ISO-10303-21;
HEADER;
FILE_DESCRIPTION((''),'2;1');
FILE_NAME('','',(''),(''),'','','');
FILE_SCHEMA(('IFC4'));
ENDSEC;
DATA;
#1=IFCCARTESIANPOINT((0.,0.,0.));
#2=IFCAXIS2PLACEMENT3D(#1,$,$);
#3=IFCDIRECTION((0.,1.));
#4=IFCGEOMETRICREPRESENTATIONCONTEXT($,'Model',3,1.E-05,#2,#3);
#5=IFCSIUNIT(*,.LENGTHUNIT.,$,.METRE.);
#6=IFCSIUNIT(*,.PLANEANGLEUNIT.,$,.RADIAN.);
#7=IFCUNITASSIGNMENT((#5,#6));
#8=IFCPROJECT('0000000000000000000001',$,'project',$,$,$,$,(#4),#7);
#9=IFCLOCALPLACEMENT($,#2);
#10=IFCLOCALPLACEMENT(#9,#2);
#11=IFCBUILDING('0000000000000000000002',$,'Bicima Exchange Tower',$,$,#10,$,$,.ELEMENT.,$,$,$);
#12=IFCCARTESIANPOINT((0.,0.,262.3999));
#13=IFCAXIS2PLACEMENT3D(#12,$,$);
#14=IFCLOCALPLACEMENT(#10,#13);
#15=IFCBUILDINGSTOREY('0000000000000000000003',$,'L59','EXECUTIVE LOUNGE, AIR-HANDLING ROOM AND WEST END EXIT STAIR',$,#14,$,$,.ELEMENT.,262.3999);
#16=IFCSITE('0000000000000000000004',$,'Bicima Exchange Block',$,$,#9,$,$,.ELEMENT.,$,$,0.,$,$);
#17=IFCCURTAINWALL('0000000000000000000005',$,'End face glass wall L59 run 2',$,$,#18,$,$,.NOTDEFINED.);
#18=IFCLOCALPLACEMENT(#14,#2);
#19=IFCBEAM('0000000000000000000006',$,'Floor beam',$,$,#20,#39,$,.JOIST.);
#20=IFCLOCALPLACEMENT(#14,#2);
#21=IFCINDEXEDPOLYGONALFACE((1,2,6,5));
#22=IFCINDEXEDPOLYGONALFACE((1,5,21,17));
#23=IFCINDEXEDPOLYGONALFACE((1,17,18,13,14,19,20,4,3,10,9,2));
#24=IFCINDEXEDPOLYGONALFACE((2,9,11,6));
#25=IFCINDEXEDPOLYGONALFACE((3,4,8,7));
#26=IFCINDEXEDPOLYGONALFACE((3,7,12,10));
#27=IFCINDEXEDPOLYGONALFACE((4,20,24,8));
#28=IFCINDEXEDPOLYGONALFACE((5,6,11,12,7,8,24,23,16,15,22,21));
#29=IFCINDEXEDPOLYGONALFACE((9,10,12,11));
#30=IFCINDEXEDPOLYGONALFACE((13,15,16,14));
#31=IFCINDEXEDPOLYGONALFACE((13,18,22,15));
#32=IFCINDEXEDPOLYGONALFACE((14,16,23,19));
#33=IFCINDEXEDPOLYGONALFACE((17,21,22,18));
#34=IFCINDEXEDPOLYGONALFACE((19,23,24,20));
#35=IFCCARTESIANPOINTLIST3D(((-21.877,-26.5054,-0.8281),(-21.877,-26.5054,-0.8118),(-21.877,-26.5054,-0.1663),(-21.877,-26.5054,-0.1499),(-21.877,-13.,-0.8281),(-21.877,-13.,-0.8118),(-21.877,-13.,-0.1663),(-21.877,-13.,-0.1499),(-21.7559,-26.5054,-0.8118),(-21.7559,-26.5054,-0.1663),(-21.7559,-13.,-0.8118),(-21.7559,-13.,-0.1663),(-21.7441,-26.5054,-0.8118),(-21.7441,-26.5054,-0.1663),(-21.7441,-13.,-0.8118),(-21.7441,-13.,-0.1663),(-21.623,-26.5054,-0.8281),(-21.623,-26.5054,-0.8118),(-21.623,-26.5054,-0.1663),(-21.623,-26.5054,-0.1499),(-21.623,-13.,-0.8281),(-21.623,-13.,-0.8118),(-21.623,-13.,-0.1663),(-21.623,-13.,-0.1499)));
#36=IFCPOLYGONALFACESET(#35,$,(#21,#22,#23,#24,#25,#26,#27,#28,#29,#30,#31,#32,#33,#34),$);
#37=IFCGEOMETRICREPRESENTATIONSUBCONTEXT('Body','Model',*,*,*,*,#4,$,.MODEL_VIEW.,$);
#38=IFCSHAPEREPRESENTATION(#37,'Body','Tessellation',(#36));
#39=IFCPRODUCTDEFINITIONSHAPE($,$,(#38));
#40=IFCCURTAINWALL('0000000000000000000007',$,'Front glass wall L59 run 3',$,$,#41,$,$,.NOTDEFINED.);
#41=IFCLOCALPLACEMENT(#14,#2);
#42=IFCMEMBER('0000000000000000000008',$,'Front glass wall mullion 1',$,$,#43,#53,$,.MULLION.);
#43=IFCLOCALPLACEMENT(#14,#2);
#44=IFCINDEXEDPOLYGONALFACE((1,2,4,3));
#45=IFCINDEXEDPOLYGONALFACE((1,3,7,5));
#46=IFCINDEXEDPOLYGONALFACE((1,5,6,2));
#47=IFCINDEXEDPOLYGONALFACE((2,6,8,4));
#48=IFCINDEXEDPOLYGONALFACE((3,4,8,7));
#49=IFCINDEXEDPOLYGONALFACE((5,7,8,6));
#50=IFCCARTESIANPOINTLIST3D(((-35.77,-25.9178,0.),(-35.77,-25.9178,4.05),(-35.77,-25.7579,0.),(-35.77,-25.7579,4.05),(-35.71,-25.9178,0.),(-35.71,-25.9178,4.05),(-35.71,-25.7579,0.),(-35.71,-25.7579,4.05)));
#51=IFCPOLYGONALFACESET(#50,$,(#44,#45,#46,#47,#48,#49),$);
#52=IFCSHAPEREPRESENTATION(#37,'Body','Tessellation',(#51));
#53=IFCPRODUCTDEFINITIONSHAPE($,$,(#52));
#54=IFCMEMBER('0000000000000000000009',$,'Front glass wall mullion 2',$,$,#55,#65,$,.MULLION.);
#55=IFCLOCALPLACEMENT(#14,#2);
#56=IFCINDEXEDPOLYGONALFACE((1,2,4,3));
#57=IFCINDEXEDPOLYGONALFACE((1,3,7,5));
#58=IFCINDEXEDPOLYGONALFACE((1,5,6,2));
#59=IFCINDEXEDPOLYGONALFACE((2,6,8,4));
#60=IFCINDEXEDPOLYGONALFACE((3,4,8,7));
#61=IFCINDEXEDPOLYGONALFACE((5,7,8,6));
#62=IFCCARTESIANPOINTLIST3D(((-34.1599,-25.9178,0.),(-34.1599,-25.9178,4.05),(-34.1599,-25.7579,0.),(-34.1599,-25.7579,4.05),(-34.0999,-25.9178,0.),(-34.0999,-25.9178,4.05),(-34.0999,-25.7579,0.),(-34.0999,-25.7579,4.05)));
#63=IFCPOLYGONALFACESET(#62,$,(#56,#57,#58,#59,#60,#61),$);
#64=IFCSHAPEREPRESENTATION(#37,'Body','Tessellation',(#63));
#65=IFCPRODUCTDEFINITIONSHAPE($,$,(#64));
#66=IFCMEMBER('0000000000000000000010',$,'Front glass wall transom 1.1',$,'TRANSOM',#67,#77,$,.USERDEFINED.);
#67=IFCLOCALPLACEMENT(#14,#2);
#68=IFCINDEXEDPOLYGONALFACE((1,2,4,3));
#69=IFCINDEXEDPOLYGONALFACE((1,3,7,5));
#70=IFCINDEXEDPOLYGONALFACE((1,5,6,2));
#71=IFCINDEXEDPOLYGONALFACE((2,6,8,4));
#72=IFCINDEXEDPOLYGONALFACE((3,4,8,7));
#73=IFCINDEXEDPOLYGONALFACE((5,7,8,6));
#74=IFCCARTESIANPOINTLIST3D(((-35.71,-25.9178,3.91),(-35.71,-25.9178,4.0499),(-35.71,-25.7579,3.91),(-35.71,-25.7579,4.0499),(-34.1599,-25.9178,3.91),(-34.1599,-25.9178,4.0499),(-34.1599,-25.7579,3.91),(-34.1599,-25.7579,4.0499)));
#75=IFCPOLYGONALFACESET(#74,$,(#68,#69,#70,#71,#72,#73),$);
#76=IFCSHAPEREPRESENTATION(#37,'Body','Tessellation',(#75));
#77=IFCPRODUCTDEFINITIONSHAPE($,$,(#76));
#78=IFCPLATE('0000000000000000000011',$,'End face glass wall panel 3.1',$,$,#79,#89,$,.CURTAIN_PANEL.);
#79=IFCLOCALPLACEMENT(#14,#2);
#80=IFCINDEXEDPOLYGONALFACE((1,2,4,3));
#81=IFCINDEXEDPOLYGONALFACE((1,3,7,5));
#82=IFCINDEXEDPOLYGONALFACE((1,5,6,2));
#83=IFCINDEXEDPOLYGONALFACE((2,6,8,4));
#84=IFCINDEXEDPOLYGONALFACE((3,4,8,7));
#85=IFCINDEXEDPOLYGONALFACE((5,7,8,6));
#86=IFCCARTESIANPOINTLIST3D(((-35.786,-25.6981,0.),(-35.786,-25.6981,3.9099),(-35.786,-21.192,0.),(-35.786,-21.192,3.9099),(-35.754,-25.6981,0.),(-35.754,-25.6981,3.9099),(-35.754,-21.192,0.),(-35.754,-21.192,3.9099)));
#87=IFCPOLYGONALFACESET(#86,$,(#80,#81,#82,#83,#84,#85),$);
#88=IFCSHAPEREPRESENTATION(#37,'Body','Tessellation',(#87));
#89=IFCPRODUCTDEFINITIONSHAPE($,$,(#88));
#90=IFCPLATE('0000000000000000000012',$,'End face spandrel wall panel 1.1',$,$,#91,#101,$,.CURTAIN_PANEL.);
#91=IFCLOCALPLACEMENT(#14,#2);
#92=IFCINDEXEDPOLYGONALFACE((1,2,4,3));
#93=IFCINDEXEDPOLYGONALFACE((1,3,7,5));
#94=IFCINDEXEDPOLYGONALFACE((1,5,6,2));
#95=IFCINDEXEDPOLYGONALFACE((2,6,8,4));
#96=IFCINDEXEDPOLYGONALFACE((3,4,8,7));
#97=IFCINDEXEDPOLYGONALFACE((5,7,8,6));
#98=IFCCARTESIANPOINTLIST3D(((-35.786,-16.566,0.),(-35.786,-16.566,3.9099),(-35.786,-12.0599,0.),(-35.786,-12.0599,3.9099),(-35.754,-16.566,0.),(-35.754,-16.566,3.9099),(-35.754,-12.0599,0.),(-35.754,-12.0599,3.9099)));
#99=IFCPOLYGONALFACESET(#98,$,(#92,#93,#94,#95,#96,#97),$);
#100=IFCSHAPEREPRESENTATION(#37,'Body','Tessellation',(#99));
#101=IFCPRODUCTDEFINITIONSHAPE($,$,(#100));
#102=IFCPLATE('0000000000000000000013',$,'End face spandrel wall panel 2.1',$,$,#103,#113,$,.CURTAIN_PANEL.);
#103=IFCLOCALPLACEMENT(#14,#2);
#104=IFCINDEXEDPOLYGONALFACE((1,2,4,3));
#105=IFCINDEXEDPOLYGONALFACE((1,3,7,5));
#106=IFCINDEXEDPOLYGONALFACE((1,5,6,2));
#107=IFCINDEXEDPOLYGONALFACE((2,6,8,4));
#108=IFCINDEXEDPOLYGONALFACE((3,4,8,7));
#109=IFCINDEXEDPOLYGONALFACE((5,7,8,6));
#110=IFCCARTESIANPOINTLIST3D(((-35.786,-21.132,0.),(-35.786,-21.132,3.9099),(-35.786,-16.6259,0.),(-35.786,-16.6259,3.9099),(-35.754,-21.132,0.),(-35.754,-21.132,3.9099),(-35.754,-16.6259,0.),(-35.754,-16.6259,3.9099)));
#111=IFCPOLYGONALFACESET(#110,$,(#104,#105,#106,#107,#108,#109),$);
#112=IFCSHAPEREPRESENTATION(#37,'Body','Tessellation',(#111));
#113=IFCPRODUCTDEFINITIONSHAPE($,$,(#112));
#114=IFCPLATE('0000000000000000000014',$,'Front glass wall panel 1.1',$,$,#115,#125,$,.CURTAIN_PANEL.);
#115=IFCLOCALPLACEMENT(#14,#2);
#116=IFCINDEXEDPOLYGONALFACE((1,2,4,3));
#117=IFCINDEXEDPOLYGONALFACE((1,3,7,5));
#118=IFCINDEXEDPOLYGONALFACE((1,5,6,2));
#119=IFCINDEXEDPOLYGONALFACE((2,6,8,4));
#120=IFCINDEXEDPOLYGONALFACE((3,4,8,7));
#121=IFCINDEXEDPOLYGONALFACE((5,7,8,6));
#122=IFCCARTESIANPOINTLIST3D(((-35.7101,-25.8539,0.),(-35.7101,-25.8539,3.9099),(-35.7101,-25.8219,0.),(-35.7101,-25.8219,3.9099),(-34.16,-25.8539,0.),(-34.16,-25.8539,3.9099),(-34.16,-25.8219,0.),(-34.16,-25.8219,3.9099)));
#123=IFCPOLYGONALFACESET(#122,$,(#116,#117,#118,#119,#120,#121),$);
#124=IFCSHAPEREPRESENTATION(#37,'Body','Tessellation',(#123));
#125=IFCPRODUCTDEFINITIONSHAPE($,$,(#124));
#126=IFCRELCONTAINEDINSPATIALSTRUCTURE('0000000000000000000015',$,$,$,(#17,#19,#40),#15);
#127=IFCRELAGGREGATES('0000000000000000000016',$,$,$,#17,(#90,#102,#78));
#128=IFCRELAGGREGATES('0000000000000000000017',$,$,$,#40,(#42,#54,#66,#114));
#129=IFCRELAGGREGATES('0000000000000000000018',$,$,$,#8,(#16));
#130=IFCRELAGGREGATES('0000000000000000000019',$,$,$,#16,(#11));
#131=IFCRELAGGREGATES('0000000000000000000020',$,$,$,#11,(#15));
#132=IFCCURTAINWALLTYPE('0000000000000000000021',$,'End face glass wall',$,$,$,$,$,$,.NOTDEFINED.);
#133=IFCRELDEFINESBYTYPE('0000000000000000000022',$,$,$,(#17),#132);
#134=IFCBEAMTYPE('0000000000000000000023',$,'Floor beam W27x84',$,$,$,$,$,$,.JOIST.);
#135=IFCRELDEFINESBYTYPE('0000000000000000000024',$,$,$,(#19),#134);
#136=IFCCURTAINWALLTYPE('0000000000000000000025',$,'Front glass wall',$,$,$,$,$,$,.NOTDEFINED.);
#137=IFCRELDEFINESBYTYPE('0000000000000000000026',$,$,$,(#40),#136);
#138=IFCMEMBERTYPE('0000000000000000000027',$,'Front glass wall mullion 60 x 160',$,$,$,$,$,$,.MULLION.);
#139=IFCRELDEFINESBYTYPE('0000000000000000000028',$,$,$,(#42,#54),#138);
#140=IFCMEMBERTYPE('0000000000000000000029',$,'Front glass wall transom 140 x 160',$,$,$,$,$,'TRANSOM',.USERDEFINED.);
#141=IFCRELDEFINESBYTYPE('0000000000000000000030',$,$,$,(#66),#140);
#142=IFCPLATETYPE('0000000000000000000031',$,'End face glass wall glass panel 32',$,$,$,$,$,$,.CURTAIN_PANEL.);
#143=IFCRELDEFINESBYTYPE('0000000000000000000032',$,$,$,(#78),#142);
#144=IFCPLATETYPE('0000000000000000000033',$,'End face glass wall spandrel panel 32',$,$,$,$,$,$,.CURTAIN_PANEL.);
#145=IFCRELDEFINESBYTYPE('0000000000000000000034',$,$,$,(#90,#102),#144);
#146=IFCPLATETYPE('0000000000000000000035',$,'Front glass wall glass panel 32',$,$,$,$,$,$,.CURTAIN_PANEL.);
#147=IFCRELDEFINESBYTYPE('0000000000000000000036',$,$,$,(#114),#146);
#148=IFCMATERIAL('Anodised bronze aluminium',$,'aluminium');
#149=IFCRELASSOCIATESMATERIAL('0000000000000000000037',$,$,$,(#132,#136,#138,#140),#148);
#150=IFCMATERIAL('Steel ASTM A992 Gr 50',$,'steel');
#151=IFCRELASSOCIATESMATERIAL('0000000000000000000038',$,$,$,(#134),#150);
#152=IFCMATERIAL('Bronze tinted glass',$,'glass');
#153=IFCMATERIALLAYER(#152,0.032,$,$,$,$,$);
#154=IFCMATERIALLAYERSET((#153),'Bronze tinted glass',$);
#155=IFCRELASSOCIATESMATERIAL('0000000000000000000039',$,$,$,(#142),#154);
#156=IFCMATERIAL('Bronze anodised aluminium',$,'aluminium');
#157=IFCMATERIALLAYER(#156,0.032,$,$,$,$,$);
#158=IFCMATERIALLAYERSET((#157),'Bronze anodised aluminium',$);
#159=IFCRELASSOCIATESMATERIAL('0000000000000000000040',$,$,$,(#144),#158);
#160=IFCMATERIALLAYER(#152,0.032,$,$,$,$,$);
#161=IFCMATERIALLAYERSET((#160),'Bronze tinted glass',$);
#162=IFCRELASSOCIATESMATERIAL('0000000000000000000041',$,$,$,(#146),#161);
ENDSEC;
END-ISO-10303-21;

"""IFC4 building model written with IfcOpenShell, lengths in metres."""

from ifc_helpers import new_model, si_unit, direction, frame, origin, origin_2d, place, context, subcontext, project, spatial, rectangle, i_section, extrude, material, layer, layer_set, material_profile, profile_set, type_object, element, aggregate, save


model = new_model("IFC4")

# Units and contexts
model_context = context("Model", 3, precision=1e-05, world=origin(), true_north=direction((0.0, 1.0)))
body_context = subcontext(model_context, "Body", "Model", "MODEL_VIEW")
ifc_project = project(units=[si_unit("LENGTHUNIT", "METRE"), si_unit("PLANEANGLEUNIT", "RADIAN")], contexts=[model_context])

# Site, building, storey
site_placement = place(None, origin())
site = spatial("IfcSite", under=ifc_project, at=site_placement, Name="Bicima Exchange Block", CompositionType="ELEMENT", RefElevation=0.0)
building_placement = place(site_placement, origin())
building = spatial("IfcBuilding", under=site, at=building_placement, Name="Bicima Exchange Tower", CompositionType="ELEMENT")
storey_placement = place(building_placement, frame((0.0, 0.0, 262.3999)))
storey = spatial("IfcBuildingStorey", under=building, at=storey_placement, Name="L59", Description="EXECUTIVE LOUNGE, AIR-HANDLING ROOM AND WEST END EXIT STAIR", CompositionType="ELEMENT", Elevation=262.3999)

# Shared definitions
ifc_material_1 = material(Name="Steel ASTM A992 Gr 50", Category="steel")

# Curtain wall
ifc_material_2 = material(Name="Anodised bronze aluminium", Category="aluminium")
curtain_wall_type_1 = type_object("IfcCurtainWallType", Name="End face glass wall", PredefinedType="NOTDEFINED", material=ifc_material_2)
curtain_wall_1_placement = place(storey_placement, origin())
curtain_wall_1 = element("IfcCurtainWall", 1, at=curtain_wall_1_placement, inside=storey, type_object=curtain_wall_type_1, Name="End face glass wall L59 run 2", PredefinedType="NOTDEFINED")
ifc_material_profile_1 = material_profile(ifc_material_2, rectangle(XDim=0.1599, YDim=0.0601, at=origin_2d()))
ifc_profile_set_1 = profile_set([ifc_material_profile_1], Name="Anodised bronze aluminium")
ifc_material_profile_2 = material_profile(ifc_material_2, rectangle(XDim=0.1599, YDim=0.1399, at=origin_2d()))
ifc_profile_set_2 = profile_set([ifc_material_profile_2], Name="Anodised bronze aluminium")

# Beam
ifc_material_profile_3 = material_profile(ifc_material_1, i_section(OverallWidth=0.2539, OverallDepth=0.6782, WebThickness=0.0117, FlangeThickness=0.0164, at=origin_2d()))
ifc_profile_set_3 = profile_set([ifc_material_profile_3], Name="Steel ASTM A992 Gr 50")
beam_type_1 = type_object("IfcBeamType", Name="Floor beam W27x84", PredefinedType="JOIST", material=ifc_profile_set_3)
beam_1_placement = place(storey_placement, frame((-21.75, -13.0, -0.489), z_axis=(0.0, -1.0, 0.0), x_axis=(1.0, 0.0, 0.0)))
element("IfcBeam", 2, at=beam_1_placement, inside=storey, type_object=beam_type_1, Name="Floor beam", PredefinedType="JOIST", context=body_context, shape_type="SweptSolid", body=[
    extrude(i_section(OverallWidth=0.2539, OverallDepth=0.6782, WebThickness=0.0117, FlangeThickness=0.0164, at=origin_2d()), origin(), (0.0, 0.0, 1.0), 13.5054),
])

# Curtain wall, members
curtain_wall_type_2 = type_object("IfcCurtainWallType", Name="Front glass wall", PredefinedType="NOTDEFINED", material=ifc_material_2)
curtain_wall_2_placement = place(storey_placement, origin())
curtain_wall_2 = element("IfcCurtainWall", 3, at=curtain_wall_2_placement, inside=storey, type_object=curtain_wall_type_2, Name="Front glass wall L59 run 3", PredefinedType="NOTDEFINED")
member_type_1 = type_object("IfcMemberType", Name="Front glass wall mullion 60 x 160", PredefinedType="MULLION", material=ifc_profile_set_1)
member_1_placement = place(storey_placement, frame((-35.74, -25.8379, 0.0), z_axis=(0.0, 0.0, 1.0), x_axis=(0.0, 1.0, 0.0)))
member_1 = element("IfcMember", 4, at=member_1_placement, type_object=member_type_1, Name="Front glass wall mullion 1", PredefinedType="MULLION", context=body_context, shape_type="SweptSolid", body=[
    extrude(rectangle(XDim=0.1599, YDim=0.0601, at=origin_2d()), origin(), (0.0, 0.0, 1.0), 4.05),
])
member_2_placement = place(storey_placement, frame((-34.1299, -25.8379, 0.0), z_axis=(0.0, 0.0, 1.0), x_axis=(0.0, 1.0, 0.0)))
member_2 = element("IfcMember", 5, at=member_2_placement, type_object=member_type_1, Name="Front glass wall mullion 2", PredefinedType="MULLION", context=body_context, shape_type="SweptSolid", body=[
    extrude(rectangle(XDim=0.1599, YDim=0.0601, at=origin_2d()), origin(), (0.0, 0.0, 1.0), 4.05),
])
member_type_2 = type_object("IfcMemberType", Name="Front glass wall transom 140 x 160", ElementType="TRANSOM", PredefinedType="USERDEFINED", material=ifc_profile_set_2)
member_3_placement = place(storey_placement, frame((-35.71, -25.8379, 3.98), z_axis=(1.0, 0.0, 0.0), x_axis=(0.0, 1.0, 0.0)))
member_3 = element("IfcMember", 6, at=member_3_placement, type_object=member_type_2, Name="Front glass wall transom 1.1", ObjectType="TRANSOM", PredefinedType="USERDEFINED", context=body_context, shape_type="SweptSolid", body=[
    extrude(rectangle(XDim=0.1599, YDim=0.1399, at=origin_2d()), origin(), (0.0, 0.0, 1.0), 1.55),
])

# Plates
ifc_material_3 = material(Name="Bronze tinted glass", Category="glass")
ifc_layer_1 = layer(ifc_material_3, 0.032)
ifc_layer_set_1 = layer_set([ifc_layer_1], Name="Bronze tinted glass")
plate_type_1 = type_object("IfcPlateType", Name="End face glass wall glass panel 32", PredefinedType="CURTAIN_PANEL", material=ifc_layer_set_1)
plate_1_placement = place(storey_placement, frame((-35.77, -23.4451, 0.0), z_axis=(0.0, 0.0, 1.0), x_axis=(0.0, -1.0, 0.0)))
plate_1 = element("IfcPlate", 7, at=plate_1_placement, type_object=plate_type_1, Name="End face glass wall panel 3.1", PredefinedType="CURTAIN_PANEL", context=body_context, shape_type="SweptSolid", body=[
    extrude(rectangle(XDim=4.5061, YDim=0.032, at=origin_2d()), origin(), (0.0, 0.0, 1.0), 3.9099),
])
ifc_material_4 = material(Name="Bronze anodised aluminium", Category="aluminium")
ifc_layer_2 = layer(ifc_material_4, 0.032)
ifc_layer_set_2 = layer_set([ifc_layer_2], Name="Bronze anodised aluminium")
plate_type_2 = type_object("IfcPlateType", Name="End face glass wall spandrel panel 32", PredefinedType="CURTAIN_PANEL", material=ifc_layer_set_2)
plate_2_placement = place(storey_placement, frame((-35.77, -14.313, 0.0), z_axis=(0.0, 0.0, 1.0), x_axis=(0.0, -1.0, 0.0)))
plate_2 = element("IfcPlate", 8, at=plate_2_placement, type_object=plate_type_2, Name="End face spandrel wall panel 1.1", PredefinedType="CURTAIN_PANEL", context=body_context, shape_type="SweptSolid", body=[
    extrude(rectangle(XDim=4.5061, YDim=0.032, at=origin_2d()), origin(), (0.0, 0.0, 1.0), 3.9099),
])
plate_3_placement = place(storey_placement, frame((-35.77, -18.8789, 0.0), z_axis=(0.0, 0.0, 1.0), x_axis=(0.0, -1.0, 0.0)))
plate_3 = element("IfcPlate", 9, at=plate_3_placement, type_object=plate_type_2, Name="End face spandrel wall panel 2.1", PredefinedType="CURTAIN_PANEL", context=body_context, shape_type="SweptSolid", body=[
    extrude(rectangle(XDim=4.5061, YDim=0.032, at=origin_2d()), origin(), (0.0, 0.0, 1.0), 3.9099),
])
aggregate(curtain_wall_1, [plate_2, plate_3, plate_1])
ifc_layer_3 = layer(ifc_material_3, 0.032)
ifc_layer_set_3 = layer_set([ifc_layer_3], Name="Bronze tinted glass")
plate_type_3 = type_object("IfcPlateType", Name="Front glass wall glass panel 32", PredefinedType="CURTAIN_PANEL", material=ifc_layer_set_3)
plate_4_placement = place(storey_placement, frame((-34.9351, -25.8379, 0.0), z_axis=(0.0, 0.0, 1.0), x_axis=(1.0, 0.0, 0.0)))
plate_4 = element("IfcPlate", 10, at=plate_4_placement, type_object=plate_type_3, Name="Front glass wall panel 1.1", PredefinedType="CURTAIN_PANEL", context=body_context, shape_type="SweptSolid", body=[
    extrude(rectangle(XDim=1.55, YDim=0.032, at=origin_2d()), origin(), (0.0, 0.0, 1.0), 3.9099),
])
aggregate(curtain_wall_2, [member_1, member_2, member_3, plate_4])

save(model, "model.ifc")
